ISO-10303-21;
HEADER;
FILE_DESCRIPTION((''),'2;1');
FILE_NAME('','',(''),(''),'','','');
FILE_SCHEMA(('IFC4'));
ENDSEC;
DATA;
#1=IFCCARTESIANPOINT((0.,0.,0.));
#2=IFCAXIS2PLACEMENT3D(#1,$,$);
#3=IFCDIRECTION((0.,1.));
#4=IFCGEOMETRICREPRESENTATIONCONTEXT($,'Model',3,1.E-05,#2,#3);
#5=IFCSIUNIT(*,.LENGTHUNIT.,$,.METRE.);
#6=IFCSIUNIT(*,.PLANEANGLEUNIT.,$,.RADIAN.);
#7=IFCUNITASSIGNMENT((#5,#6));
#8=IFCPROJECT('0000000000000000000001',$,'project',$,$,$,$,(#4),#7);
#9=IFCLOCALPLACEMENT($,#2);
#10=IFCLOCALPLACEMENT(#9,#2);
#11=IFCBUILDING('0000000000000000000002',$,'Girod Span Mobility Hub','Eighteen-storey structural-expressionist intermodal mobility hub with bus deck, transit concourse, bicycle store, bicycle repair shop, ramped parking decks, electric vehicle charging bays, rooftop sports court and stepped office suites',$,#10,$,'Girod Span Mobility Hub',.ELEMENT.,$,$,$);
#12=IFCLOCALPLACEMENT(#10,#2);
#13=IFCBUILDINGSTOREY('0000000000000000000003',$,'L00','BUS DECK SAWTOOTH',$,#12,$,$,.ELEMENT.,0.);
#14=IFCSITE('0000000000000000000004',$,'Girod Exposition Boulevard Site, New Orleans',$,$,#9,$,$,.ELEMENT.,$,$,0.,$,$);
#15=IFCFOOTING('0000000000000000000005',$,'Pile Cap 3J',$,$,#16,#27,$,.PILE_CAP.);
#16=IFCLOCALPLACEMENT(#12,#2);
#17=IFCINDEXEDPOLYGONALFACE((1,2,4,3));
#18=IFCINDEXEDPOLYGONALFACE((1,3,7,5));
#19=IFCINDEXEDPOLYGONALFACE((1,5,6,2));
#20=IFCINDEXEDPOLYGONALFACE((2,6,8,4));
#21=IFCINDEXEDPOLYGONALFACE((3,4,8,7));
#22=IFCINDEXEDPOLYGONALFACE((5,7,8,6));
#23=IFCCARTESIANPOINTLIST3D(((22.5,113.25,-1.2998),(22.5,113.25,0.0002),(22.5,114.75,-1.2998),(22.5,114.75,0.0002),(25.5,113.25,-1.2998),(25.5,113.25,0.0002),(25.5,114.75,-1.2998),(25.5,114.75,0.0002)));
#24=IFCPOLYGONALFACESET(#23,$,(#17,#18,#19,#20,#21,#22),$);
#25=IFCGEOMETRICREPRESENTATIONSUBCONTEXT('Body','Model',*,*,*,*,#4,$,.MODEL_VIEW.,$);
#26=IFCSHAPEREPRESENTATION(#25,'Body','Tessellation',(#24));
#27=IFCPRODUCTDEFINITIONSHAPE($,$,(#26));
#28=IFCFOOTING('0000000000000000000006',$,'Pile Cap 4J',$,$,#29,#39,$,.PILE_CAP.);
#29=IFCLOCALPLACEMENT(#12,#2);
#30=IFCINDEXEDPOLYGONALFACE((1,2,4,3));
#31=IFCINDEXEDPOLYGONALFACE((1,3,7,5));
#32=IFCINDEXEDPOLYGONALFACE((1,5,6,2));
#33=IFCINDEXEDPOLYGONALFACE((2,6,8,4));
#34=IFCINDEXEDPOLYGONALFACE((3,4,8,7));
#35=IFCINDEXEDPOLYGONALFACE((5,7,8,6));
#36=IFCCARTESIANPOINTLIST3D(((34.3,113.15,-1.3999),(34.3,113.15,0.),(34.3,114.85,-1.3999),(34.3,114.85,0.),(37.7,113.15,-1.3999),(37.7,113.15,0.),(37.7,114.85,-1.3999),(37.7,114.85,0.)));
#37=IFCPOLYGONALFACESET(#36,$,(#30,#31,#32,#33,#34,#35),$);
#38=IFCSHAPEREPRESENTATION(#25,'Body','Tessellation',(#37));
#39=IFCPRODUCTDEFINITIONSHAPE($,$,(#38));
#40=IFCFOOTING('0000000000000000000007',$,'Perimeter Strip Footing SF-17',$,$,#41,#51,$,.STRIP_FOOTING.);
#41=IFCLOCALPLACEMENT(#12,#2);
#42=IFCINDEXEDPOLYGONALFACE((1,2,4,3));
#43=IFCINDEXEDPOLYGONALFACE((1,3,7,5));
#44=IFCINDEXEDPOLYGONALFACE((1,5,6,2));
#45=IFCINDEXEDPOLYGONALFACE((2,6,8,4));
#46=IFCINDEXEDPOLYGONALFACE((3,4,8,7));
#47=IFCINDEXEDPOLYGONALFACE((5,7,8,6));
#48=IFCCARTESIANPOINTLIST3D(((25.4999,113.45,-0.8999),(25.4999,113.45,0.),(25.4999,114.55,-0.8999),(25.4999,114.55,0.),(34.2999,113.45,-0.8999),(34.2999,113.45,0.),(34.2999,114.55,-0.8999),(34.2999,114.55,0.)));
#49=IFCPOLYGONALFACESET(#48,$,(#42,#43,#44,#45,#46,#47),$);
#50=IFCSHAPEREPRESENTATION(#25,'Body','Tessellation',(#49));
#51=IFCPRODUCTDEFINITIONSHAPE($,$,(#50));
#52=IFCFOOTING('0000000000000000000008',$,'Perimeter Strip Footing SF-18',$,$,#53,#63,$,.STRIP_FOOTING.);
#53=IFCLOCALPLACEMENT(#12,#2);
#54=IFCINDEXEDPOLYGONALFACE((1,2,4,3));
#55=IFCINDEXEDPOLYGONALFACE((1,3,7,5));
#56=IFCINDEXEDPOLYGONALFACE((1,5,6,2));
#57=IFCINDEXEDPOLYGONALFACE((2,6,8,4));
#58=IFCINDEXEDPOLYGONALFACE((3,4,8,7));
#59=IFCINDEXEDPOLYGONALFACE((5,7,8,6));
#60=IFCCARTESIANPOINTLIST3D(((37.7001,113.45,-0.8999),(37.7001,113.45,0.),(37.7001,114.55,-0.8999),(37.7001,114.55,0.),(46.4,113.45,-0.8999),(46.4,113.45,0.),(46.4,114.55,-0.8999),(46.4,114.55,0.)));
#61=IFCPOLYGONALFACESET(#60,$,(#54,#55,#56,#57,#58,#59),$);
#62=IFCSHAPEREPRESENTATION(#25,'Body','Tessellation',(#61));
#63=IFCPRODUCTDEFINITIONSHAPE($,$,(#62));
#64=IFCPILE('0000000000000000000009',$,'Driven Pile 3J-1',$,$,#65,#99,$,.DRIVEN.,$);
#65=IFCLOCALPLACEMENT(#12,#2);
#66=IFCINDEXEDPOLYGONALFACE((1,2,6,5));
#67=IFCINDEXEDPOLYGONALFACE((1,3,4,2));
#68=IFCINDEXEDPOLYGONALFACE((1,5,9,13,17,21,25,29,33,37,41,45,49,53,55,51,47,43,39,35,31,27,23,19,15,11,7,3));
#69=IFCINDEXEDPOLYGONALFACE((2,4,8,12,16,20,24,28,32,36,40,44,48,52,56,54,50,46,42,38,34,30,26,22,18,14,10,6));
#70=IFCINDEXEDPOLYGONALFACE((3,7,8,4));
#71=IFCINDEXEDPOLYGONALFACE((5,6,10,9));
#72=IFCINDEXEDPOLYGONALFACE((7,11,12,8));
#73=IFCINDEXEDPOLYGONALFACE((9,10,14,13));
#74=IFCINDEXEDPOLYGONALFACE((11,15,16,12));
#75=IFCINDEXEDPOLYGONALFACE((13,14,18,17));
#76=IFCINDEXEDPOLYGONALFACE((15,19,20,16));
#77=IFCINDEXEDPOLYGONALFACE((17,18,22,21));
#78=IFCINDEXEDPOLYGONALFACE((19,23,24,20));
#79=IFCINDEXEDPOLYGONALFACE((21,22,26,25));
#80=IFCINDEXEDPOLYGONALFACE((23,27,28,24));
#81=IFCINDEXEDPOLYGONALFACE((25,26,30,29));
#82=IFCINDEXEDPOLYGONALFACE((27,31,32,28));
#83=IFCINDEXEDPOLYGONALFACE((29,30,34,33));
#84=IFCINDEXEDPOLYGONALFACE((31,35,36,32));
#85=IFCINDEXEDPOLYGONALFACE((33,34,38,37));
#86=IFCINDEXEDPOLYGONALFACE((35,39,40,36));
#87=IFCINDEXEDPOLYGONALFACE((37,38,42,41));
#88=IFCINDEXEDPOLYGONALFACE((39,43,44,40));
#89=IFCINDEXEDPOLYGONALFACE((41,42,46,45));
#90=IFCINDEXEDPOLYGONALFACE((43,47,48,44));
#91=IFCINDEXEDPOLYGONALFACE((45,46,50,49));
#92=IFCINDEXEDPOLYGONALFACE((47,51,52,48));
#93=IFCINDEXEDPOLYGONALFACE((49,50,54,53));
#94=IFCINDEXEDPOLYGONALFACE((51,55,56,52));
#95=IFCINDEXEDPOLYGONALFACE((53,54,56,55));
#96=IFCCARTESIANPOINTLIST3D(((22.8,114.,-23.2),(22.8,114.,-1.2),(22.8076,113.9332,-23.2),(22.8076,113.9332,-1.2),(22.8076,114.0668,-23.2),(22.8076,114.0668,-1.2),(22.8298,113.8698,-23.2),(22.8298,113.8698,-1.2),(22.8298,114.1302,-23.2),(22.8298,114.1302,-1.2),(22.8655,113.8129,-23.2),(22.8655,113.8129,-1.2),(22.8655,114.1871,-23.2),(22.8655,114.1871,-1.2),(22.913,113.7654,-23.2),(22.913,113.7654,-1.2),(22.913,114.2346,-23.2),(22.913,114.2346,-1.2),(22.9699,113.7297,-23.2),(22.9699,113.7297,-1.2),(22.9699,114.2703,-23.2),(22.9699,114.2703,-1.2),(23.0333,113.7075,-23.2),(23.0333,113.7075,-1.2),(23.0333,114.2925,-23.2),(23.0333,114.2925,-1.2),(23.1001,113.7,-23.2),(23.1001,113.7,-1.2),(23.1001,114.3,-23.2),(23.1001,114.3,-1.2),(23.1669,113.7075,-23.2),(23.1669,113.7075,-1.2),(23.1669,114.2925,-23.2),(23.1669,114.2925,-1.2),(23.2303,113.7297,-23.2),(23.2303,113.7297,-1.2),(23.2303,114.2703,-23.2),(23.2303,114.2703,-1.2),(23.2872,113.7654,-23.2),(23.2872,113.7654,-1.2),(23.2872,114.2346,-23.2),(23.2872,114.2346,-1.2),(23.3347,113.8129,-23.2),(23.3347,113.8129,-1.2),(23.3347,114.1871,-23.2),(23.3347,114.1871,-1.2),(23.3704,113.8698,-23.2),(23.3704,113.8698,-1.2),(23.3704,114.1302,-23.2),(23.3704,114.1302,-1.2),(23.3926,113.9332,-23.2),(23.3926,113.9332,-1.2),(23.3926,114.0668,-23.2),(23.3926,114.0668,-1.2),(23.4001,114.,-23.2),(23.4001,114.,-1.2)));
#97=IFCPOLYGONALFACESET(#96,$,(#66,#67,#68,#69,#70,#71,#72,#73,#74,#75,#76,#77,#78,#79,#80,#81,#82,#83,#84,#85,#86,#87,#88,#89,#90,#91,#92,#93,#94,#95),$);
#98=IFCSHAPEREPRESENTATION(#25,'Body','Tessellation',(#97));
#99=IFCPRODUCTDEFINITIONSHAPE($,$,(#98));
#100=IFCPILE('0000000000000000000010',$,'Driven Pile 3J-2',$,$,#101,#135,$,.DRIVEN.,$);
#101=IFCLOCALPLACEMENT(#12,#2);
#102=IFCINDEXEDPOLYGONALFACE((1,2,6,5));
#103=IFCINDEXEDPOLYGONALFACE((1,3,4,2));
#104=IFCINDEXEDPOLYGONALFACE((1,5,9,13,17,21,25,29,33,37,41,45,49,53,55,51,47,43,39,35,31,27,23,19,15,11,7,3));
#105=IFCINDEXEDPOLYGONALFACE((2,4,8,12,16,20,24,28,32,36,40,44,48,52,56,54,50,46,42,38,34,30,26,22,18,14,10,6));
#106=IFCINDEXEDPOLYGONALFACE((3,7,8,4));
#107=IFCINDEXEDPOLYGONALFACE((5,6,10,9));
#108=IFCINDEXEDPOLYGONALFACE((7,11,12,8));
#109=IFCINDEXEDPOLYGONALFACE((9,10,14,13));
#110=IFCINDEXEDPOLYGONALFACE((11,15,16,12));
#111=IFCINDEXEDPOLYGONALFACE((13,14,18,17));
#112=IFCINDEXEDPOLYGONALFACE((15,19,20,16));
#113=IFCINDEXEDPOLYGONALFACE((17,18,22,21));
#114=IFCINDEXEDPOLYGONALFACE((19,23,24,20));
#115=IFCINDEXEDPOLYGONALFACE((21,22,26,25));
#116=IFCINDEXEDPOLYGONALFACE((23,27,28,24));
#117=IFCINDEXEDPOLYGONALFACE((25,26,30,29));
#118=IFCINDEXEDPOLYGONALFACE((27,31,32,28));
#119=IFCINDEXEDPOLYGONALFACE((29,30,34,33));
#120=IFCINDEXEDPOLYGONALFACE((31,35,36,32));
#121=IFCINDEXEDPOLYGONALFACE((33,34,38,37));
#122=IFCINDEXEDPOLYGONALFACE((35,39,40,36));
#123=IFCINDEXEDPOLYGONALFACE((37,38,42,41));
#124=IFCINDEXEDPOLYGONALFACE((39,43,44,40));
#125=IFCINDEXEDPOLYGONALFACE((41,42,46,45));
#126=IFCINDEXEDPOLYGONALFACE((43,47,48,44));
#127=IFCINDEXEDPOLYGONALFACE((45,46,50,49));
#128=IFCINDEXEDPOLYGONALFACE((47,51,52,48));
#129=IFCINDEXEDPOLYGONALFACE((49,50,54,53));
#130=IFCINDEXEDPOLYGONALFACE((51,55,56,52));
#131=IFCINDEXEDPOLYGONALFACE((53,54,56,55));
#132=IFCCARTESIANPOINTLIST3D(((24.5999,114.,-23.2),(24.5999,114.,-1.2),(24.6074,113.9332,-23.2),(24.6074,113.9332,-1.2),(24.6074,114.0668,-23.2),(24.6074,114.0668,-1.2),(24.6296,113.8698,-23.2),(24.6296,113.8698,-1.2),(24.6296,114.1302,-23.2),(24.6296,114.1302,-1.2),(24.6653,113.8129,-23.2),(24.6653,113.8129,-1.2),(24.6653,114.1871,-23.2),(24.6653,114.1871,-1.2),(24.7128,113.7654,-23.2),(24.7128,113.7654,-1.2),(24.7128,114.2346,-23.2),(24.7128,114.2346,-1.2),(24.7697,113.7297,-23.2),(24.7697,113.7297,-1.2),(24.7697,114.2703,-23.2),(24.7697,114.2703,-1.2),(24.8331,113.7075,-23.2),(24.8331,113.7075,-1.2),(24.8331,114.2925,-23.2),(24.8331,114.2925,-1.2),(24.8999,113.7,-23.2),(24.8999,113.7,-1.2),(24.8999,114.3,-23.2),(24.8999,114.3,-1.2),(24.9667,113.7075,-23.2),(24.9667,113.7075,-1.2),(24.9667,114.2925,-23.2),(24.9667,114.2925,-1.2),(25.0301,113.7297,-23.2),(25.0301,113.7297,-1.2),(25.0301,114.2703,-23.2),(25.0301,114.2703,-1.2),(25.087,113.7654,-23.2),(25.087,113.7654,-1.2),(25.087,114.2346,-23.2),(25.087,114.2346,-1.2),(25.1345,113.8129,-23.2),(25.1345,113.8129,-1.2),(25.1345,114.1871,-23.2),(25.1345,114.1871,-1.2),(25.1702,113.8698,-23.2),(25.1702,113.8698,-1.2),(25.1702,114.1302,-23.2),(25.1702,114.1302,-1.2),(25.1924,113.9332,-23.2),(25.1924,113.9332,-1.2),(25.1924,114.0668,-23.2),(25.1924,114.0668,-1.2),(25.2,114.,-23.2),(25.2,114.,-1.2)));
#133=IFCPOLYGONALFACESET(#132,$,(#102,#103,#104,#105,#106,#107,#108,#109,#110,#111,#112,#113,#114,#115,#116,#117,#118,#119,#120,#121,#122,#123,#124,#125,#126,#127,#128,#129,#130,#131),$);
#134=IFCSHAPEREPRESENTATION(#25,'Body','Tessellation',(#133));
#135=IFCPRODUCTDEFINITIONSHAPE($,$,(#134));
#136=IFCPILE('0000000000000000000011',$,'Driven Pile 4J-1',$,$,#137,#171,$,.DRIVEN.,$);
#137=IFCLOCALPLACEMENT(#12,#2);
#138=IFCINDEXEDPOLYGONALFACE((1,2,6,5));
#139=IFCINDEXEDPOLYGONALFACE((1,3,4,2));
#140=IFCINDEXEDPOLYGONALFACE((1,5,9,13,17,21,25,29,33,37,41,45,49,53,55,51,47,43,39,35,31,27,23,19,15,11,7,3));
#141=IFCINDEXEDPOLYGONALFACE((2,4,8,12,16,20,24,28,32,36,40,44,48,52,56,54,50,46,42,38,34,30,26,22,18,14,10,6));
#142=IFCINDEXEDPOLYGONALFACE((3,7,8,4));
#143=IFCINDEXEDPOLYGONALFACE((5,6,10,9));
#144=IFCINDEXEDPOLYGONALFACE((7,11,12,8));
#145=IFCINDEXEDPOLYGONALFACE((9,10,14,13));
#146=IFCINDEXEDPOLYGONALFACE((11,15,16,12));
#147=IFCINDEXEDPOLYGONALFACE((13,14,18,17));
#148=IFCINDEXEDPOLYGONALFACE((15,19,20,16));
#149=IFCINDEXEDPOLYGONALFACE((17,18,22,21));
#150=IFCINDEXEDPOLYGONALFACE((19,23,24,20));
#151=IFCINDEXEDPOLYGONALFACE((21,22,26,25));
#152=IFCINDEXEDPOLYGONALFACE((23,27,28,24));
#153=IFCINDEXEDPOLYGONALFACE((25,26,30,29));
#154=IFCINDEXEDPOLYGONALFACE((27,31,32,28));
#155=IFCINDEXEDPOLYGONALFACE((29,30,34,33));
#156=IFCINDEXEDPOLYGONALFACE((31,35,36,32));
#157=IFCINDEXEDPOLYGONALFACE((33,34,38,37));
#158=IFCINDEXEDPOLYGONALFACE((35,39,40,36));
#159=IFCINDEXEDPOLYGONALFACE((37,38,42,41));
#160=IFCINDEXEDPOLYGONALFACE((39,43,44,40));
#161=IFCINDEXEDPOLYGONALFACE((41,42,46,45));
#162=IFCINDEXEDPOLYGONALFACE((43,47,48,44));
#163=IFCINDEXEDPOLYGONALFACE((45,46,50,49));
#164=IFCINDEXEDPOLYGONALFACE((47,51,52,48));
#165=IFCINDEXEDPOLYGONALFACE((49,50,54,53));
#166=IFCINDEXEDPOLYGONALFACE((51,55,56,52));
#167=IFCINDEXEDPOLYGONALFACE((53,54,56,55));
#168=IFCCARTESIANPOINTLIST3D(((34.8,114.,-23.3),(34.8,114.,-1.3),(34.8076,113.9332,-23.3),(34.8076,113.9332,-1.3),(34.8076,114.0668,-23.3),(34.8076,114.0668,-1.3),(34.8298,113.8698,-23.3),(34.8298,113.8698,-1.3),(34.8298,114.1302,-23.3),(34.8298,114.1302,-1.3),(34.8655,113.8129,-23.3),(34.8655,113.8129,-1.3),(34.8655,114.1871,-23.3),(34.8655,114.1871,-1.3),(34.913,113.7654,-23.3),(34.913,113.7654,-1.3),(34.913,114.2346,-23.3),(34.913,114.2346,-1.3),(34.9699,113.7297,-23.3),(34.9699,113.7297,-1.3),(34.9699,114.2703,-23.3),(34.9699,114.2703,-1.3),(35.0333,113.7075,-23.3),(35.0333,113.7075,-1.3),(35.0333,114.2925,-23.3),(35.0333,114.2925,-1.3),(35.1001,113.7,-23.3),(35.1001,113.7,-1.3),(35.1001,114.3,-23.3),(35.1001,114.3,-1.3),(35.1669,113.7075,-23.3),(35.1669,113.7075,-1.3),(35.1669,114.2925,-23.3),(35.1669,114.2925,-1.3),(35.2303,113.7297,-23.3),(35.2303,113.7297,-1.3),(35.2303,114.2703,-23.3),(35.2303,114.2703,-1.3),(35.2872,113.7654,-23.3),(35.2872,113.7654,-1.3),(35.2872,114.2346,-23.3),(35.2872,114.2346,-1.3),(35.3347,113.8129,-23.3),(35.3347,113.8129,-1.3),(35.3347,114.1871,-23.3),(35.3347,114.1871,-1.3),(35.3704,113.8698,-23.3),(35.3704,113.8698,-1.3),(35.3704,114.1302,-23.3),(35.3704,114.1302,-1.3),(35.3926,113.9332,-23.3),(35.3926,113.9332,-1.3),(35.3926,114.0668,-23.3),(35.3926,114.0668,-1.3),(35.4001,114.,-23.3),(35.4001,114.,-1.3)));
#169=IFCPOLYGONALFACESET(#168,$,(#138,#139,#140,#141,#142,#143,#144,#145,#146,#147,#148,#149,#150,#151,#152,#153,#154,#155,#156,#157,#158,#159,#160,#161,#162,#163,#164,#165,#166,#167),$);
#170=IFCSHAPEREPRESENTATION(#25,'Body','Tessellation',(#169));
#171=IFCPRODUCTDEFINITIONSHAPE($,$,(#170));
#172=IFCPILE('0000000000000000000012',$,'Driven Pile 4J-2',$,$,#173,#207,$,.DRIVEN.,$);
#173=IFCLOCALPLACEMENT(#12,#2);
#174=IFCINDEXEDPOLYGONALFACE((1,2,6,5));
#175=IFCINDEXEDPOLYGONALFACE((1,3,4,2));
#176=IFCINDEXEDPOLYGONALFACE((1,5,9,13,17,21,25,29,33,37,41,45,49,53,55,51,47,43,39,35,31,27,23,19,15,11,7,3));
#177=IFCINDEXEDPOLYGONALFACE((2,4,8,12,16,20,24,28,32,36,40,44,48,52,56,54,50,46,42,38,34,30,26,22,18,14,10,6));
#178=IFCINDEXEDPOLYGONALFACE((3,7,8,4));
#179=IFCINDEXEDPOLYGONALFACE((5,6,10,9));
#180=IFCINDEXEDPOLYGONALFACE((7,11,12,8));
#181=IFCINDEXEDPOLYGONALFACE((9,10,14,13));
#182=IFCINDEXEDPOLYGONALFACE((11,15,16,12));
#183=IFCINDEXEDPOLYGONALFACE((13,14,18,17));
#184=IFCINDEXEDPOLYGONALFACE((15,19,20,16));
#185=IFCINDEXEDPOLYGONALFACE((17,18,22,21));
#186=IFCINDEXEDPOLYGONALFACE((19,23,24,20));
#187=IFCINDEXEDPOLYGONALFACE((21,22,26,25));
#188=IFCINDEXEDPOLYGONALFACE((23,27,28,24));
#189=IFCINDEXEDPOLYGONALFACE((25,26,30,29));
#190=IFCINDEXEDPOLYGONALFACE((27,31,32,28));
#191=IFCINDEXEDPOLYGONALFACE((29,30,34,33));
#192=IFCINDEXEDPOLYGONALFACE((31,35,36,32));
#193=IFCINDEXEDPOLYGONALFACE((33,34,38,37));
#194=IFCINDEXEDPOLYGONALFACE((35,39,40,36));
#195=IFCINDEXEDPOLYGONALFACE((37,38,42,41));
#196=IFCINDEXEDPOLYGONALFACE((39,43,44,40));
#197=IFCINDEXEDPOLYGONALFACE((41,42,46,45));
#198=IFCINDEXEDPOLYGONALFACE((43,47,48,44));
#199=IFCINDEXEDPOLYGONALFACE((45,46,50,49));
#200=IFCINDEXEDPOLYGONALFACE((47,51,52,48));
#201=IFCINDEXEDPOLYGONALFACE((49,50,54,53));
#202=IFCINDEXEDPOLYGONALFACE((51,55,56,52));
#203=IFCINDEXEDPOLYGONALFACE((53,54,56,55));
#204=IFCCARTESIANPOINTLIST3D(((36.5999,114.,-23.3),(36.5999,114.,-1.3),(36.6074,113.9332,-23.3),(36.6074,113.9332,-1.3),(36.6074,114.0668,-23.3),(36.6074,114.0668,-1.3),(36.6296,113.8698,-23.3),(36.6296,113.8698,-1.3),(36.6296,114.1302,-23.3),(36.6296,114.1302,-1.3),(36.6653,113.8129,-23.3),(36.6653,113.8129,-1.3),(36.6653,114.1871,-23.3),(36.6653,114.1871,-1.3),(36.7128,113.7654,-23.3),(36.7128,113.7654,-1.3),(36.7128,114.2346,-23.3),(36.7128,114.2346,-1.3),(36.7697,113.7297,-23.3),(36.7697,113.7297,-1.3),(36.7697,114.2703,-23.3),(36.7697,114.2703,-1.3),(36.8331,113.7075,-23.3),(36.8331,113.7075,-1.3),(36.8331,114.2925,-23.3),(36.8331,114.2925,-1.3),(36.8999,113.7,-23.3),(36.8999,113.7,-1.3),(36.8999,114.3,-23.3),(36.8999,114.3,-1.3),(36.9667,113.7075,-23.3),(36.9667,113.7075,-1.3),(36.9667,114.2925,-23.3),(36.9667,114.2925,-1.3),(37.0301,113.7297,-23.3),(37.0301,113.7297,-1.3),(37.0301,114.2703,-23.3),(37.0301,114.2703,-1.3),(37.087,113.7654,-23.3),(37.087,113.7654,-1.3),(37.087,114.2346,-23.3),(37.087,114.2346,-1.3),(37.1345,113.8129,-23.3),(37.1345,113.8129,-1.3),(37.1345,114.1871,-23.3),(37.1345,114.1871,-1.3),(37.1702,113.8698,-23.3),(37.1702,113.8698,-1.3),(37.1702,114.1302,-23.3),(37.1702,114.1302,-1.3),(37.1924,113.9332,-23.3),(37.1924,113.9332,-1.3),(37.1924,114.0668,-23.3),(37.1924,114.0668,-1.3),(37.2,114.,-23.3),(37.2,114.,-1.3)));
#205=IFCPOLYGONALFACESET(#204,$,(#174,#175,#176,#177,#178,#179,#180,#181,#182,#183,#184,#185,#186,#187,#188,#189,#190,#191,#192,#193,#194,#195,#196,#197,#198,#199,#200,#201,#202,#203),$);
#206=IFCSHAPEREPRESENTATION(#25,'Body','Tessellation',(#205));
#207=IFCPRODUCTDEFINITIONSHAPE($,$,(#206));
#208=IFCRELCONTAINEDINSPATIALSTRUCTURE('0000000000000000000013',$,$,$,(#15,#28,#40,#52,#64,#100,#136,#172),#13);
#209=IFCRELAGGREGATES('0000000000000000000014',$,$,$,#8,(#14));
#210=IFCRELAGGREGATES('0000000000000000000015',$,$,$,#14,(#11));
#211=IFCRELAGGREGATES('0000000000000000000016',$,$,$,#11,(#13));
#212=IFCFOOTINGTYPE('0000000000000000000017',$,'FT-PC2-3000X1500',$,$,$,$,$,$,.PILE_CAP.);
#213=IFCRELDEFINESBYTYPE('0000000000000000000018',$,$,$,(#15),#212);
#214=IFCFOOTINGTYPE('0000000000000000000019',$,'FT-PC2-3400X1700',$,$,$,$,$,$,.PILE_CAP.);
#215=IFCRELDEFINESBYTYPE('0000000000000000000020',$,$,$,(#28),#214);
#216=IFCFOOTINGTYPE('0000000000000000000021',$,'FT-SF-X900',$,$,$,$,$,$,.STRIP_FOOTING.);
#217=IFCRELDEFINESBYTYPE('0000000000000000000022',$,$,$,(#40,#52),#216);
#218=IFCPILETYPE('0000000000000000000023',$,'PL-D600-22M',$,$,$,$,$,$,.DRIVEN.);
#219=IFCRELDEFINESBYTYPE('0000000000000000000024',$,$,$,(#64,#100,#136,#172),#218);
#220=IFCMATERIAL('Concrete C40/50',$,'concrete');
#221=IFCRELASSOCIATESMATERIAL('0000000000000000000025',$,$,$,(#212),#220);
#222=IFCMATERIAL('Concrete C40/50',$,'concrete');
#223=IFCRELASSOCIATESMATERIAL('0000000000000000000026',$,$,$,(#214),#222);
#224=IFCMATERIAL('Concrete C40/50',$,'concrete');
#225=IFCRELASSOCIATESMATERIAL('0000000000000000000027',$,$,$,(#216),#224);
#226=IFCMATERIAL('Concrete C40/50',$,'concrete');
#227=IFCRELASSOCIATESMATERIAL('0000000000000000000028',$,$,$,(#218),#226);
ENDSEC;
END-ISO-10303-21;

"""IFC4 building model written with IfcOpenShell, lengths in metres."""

from ifc_helpers import new_model, si_unit, direction, frame, origin, origin_2d, place, context, subcontext, project, spatial, rectangle, circle, extrude, material, material_profile, profile_set, type_object, element, save


model = new_model("IFC4")

# Units and contexts
model_context = context("Model", 3, precision=1e-05, world=origin(), true_north=direction((0.0, 1.0)))
body_context = subcontext(model_context, "Body", "Model", "MODEL_VIEW")
ifc_project = project(units=[si_unit("LENGTHUNIT", "METRE"), si_unit("PLANEANGLEUNIT", "RADIAN")], contexts=[model_context])

# Site, building, storey
site_placement = place(None, origin())
site = spatial("IfcSite", under=ifc_project, at=site_placement, Name="Girod Exposition Boulevard Site, New Orleans", CompositionType="ELEMENT", RefElevation=0.0)
building_placement = place(site_placement, origin())
building = spatial("IfcBuilding", under=site, at=building_placement, Name="Girod Span Mobility Hub", Description="Eighteen-storey structural-expressionist intermodal mobility hub with bus deck, transit concourse, bicycle store, bicycle repair shop, ramped parking decks, electric vehicle charging bays, rooftop sports court and stepped office suites", LongName="Girod Span Mobility Hub", CompositionType="ELEMENT")
storey_placement = place(building_placement, origin())
storey = spatial("IfcBuildingStorey", under=building, at=storey_placement, Name="L00", Description="BUS DECK SAWTOOTH", CompositionType="ELEMENT", Elevation=0.0)

# Footings
ifc_material_1 = material(Name="Concrete C40/50", Category="concrete")
footing_type_1 = type_object("IfcFootingType", Name="FT-PC2-3000X1500", PredefinedType="PILE_CAP", material=ifc_material_1)
footing_1_placement = place(storey_placement, frame((24.0, 114.0, -1.2998), z_axis=(0.0, 0.0, 1.0), x_axis=(1.0, 0.0, 0.0)))
element("IfcFooting", 1, at=footing_1_placement, inside=storey, type_object=footing_type_1, Name="Pile Cap 3J", PredefinedType="PILE_CAP", context=body_context, shape_type="SweptSolid", body=[
    extrude(rectangle(XDim=3.0, YDim=1.5, at=origin_2d()), origin(), (0.0, 0.0, 1.0), 1.3),
])
ifc_material_2 = material(Name="Concrete C40/50", Category="concrete")
footing_type_2 = type_object("IfcFootingType", Name="FT-PC2-3400X1700", PredefinedType="PILE_CAP", material=ifc_material_2)
footing_2_placement = place(storey_placement, frame((36.0, 114.0, -1.3999), z_axis=(0.0, 0.0, 1.0), x_axis=(1.0, 0.0, 0.0)))
element("IfcFooting", 2, at=footing_2_placement, inside=storey, type_object=footing_type_2, Name="Pile Cap 4J", PredefinedType="PILE_CAP", context=body_context, shape_type="SweptSolid", body=[
    extrude(rectangle(XDim=3.3999, YDim=1.7, at=origin_2d()), origin(), (0.0, 0.0, 1.0), 1.3999),
])
ifc_material_3 = material(Name="Concrete C40/50", Category="concrete")
footing_type_3 = type_object("IfcFootingType", Name="FT-SF-X900", PredefinedType="STRIP_FOOTING", material=ifc_material_3)
footing_3_placement = place(storey_placement, frame((29.8999, 114.0, -0.8999), z_axis=(0.0, 0.0, 1.0), x_axis=(1.0, 0.0, 0.0)))
element("IfcFooting", 3, at=footing_3_placement, inside=storey, type_object=footing_type_3, Name="Perimeter Strip Footing SF-17", PredefinedType="STRIP_FOOTING", context=body_context, shape_type="SweptSolid", body=[
    extrude(rectangle(XDim=8.8, YDim=1.1001, at=origin_2d()), origin(), (0.0, 0.0, 1.0), 0.8999),
])
footing_4_placement = place(storey_placement, frame((42.05, 114.0, -0.8999), z_axis=(0.0, 0.0, 1.0), x_axis=(1.0, 0.0, 0.0)))
element("IfcFooting", 4, at=footing_4_placement, inside=storey, type_object=footing_type_3, Name="Perimeter Strip Footing SF-18", PredefinedType="STRIP_FOOTING", context=body_context, shape_type="SweptSolid", body=[
    extrude(rectangle(XDim=8.7, YDim=1.1001, at=origin_2d()), origin(), (0.0, 0.0, 1.0), 0.8999),
])

# Piles
ifc_material_4 = material(Name="Concrete C40/50", Category="concrete")
ifc_material_profile_1 = material_profile(ifc_material_4, circle(Radius=0.3, at=origin_2d()), Name="PILE-D600")
ifc_profile_set_1 = profile_set([ifc_material_profile_1], Name="Concrete C40/50")
pile_type_1 = type_object("IfcPileType", Name="PL-D600-22M", PredefinedType="DRIVEN", material=ifc_profile_set_1)
for number, where, z_axis, x_axis, name in (
    (5, (23.1001, 114.0, -1.2), (0.0, 0.0, -1.0), (1.0, 0.0, 0.0), "Driven Pile 3J-1"),
    (6, (24.8999, 114.0, -1.2), (0.0, 0.0, -1.0), (1.0, 0.0, 0.0), "Driven Pile 3J-2"),
    (7, (35.1001, 114.0, -1.3), (0.0, 0.0, -1.0), (1.0, 0.0, 0.0), "Driven Pile 4J-1"),
    (8, (36.8999, 114.0, -1.3), (0.0, 0.0, -1.0), (1.0, 0.0, 0.0), "Driven Pile 4J-2"),
):
    element("IfcPile", number, at=place(storey_placement, frame(where, z_axis=z_axis, x_axis=x_axis)), inside=storey, type_object=pile_type_1, Name=name, PredefinedType="DRIVEN", context=body_context, shape_type="SweptSolid", body=[
        extrude(circle(Radius=0.3, at=origin_2d()), origin(), (0.0, 0.0, 1.0), 22.0),
    ])

save(model, "model.ifc")
